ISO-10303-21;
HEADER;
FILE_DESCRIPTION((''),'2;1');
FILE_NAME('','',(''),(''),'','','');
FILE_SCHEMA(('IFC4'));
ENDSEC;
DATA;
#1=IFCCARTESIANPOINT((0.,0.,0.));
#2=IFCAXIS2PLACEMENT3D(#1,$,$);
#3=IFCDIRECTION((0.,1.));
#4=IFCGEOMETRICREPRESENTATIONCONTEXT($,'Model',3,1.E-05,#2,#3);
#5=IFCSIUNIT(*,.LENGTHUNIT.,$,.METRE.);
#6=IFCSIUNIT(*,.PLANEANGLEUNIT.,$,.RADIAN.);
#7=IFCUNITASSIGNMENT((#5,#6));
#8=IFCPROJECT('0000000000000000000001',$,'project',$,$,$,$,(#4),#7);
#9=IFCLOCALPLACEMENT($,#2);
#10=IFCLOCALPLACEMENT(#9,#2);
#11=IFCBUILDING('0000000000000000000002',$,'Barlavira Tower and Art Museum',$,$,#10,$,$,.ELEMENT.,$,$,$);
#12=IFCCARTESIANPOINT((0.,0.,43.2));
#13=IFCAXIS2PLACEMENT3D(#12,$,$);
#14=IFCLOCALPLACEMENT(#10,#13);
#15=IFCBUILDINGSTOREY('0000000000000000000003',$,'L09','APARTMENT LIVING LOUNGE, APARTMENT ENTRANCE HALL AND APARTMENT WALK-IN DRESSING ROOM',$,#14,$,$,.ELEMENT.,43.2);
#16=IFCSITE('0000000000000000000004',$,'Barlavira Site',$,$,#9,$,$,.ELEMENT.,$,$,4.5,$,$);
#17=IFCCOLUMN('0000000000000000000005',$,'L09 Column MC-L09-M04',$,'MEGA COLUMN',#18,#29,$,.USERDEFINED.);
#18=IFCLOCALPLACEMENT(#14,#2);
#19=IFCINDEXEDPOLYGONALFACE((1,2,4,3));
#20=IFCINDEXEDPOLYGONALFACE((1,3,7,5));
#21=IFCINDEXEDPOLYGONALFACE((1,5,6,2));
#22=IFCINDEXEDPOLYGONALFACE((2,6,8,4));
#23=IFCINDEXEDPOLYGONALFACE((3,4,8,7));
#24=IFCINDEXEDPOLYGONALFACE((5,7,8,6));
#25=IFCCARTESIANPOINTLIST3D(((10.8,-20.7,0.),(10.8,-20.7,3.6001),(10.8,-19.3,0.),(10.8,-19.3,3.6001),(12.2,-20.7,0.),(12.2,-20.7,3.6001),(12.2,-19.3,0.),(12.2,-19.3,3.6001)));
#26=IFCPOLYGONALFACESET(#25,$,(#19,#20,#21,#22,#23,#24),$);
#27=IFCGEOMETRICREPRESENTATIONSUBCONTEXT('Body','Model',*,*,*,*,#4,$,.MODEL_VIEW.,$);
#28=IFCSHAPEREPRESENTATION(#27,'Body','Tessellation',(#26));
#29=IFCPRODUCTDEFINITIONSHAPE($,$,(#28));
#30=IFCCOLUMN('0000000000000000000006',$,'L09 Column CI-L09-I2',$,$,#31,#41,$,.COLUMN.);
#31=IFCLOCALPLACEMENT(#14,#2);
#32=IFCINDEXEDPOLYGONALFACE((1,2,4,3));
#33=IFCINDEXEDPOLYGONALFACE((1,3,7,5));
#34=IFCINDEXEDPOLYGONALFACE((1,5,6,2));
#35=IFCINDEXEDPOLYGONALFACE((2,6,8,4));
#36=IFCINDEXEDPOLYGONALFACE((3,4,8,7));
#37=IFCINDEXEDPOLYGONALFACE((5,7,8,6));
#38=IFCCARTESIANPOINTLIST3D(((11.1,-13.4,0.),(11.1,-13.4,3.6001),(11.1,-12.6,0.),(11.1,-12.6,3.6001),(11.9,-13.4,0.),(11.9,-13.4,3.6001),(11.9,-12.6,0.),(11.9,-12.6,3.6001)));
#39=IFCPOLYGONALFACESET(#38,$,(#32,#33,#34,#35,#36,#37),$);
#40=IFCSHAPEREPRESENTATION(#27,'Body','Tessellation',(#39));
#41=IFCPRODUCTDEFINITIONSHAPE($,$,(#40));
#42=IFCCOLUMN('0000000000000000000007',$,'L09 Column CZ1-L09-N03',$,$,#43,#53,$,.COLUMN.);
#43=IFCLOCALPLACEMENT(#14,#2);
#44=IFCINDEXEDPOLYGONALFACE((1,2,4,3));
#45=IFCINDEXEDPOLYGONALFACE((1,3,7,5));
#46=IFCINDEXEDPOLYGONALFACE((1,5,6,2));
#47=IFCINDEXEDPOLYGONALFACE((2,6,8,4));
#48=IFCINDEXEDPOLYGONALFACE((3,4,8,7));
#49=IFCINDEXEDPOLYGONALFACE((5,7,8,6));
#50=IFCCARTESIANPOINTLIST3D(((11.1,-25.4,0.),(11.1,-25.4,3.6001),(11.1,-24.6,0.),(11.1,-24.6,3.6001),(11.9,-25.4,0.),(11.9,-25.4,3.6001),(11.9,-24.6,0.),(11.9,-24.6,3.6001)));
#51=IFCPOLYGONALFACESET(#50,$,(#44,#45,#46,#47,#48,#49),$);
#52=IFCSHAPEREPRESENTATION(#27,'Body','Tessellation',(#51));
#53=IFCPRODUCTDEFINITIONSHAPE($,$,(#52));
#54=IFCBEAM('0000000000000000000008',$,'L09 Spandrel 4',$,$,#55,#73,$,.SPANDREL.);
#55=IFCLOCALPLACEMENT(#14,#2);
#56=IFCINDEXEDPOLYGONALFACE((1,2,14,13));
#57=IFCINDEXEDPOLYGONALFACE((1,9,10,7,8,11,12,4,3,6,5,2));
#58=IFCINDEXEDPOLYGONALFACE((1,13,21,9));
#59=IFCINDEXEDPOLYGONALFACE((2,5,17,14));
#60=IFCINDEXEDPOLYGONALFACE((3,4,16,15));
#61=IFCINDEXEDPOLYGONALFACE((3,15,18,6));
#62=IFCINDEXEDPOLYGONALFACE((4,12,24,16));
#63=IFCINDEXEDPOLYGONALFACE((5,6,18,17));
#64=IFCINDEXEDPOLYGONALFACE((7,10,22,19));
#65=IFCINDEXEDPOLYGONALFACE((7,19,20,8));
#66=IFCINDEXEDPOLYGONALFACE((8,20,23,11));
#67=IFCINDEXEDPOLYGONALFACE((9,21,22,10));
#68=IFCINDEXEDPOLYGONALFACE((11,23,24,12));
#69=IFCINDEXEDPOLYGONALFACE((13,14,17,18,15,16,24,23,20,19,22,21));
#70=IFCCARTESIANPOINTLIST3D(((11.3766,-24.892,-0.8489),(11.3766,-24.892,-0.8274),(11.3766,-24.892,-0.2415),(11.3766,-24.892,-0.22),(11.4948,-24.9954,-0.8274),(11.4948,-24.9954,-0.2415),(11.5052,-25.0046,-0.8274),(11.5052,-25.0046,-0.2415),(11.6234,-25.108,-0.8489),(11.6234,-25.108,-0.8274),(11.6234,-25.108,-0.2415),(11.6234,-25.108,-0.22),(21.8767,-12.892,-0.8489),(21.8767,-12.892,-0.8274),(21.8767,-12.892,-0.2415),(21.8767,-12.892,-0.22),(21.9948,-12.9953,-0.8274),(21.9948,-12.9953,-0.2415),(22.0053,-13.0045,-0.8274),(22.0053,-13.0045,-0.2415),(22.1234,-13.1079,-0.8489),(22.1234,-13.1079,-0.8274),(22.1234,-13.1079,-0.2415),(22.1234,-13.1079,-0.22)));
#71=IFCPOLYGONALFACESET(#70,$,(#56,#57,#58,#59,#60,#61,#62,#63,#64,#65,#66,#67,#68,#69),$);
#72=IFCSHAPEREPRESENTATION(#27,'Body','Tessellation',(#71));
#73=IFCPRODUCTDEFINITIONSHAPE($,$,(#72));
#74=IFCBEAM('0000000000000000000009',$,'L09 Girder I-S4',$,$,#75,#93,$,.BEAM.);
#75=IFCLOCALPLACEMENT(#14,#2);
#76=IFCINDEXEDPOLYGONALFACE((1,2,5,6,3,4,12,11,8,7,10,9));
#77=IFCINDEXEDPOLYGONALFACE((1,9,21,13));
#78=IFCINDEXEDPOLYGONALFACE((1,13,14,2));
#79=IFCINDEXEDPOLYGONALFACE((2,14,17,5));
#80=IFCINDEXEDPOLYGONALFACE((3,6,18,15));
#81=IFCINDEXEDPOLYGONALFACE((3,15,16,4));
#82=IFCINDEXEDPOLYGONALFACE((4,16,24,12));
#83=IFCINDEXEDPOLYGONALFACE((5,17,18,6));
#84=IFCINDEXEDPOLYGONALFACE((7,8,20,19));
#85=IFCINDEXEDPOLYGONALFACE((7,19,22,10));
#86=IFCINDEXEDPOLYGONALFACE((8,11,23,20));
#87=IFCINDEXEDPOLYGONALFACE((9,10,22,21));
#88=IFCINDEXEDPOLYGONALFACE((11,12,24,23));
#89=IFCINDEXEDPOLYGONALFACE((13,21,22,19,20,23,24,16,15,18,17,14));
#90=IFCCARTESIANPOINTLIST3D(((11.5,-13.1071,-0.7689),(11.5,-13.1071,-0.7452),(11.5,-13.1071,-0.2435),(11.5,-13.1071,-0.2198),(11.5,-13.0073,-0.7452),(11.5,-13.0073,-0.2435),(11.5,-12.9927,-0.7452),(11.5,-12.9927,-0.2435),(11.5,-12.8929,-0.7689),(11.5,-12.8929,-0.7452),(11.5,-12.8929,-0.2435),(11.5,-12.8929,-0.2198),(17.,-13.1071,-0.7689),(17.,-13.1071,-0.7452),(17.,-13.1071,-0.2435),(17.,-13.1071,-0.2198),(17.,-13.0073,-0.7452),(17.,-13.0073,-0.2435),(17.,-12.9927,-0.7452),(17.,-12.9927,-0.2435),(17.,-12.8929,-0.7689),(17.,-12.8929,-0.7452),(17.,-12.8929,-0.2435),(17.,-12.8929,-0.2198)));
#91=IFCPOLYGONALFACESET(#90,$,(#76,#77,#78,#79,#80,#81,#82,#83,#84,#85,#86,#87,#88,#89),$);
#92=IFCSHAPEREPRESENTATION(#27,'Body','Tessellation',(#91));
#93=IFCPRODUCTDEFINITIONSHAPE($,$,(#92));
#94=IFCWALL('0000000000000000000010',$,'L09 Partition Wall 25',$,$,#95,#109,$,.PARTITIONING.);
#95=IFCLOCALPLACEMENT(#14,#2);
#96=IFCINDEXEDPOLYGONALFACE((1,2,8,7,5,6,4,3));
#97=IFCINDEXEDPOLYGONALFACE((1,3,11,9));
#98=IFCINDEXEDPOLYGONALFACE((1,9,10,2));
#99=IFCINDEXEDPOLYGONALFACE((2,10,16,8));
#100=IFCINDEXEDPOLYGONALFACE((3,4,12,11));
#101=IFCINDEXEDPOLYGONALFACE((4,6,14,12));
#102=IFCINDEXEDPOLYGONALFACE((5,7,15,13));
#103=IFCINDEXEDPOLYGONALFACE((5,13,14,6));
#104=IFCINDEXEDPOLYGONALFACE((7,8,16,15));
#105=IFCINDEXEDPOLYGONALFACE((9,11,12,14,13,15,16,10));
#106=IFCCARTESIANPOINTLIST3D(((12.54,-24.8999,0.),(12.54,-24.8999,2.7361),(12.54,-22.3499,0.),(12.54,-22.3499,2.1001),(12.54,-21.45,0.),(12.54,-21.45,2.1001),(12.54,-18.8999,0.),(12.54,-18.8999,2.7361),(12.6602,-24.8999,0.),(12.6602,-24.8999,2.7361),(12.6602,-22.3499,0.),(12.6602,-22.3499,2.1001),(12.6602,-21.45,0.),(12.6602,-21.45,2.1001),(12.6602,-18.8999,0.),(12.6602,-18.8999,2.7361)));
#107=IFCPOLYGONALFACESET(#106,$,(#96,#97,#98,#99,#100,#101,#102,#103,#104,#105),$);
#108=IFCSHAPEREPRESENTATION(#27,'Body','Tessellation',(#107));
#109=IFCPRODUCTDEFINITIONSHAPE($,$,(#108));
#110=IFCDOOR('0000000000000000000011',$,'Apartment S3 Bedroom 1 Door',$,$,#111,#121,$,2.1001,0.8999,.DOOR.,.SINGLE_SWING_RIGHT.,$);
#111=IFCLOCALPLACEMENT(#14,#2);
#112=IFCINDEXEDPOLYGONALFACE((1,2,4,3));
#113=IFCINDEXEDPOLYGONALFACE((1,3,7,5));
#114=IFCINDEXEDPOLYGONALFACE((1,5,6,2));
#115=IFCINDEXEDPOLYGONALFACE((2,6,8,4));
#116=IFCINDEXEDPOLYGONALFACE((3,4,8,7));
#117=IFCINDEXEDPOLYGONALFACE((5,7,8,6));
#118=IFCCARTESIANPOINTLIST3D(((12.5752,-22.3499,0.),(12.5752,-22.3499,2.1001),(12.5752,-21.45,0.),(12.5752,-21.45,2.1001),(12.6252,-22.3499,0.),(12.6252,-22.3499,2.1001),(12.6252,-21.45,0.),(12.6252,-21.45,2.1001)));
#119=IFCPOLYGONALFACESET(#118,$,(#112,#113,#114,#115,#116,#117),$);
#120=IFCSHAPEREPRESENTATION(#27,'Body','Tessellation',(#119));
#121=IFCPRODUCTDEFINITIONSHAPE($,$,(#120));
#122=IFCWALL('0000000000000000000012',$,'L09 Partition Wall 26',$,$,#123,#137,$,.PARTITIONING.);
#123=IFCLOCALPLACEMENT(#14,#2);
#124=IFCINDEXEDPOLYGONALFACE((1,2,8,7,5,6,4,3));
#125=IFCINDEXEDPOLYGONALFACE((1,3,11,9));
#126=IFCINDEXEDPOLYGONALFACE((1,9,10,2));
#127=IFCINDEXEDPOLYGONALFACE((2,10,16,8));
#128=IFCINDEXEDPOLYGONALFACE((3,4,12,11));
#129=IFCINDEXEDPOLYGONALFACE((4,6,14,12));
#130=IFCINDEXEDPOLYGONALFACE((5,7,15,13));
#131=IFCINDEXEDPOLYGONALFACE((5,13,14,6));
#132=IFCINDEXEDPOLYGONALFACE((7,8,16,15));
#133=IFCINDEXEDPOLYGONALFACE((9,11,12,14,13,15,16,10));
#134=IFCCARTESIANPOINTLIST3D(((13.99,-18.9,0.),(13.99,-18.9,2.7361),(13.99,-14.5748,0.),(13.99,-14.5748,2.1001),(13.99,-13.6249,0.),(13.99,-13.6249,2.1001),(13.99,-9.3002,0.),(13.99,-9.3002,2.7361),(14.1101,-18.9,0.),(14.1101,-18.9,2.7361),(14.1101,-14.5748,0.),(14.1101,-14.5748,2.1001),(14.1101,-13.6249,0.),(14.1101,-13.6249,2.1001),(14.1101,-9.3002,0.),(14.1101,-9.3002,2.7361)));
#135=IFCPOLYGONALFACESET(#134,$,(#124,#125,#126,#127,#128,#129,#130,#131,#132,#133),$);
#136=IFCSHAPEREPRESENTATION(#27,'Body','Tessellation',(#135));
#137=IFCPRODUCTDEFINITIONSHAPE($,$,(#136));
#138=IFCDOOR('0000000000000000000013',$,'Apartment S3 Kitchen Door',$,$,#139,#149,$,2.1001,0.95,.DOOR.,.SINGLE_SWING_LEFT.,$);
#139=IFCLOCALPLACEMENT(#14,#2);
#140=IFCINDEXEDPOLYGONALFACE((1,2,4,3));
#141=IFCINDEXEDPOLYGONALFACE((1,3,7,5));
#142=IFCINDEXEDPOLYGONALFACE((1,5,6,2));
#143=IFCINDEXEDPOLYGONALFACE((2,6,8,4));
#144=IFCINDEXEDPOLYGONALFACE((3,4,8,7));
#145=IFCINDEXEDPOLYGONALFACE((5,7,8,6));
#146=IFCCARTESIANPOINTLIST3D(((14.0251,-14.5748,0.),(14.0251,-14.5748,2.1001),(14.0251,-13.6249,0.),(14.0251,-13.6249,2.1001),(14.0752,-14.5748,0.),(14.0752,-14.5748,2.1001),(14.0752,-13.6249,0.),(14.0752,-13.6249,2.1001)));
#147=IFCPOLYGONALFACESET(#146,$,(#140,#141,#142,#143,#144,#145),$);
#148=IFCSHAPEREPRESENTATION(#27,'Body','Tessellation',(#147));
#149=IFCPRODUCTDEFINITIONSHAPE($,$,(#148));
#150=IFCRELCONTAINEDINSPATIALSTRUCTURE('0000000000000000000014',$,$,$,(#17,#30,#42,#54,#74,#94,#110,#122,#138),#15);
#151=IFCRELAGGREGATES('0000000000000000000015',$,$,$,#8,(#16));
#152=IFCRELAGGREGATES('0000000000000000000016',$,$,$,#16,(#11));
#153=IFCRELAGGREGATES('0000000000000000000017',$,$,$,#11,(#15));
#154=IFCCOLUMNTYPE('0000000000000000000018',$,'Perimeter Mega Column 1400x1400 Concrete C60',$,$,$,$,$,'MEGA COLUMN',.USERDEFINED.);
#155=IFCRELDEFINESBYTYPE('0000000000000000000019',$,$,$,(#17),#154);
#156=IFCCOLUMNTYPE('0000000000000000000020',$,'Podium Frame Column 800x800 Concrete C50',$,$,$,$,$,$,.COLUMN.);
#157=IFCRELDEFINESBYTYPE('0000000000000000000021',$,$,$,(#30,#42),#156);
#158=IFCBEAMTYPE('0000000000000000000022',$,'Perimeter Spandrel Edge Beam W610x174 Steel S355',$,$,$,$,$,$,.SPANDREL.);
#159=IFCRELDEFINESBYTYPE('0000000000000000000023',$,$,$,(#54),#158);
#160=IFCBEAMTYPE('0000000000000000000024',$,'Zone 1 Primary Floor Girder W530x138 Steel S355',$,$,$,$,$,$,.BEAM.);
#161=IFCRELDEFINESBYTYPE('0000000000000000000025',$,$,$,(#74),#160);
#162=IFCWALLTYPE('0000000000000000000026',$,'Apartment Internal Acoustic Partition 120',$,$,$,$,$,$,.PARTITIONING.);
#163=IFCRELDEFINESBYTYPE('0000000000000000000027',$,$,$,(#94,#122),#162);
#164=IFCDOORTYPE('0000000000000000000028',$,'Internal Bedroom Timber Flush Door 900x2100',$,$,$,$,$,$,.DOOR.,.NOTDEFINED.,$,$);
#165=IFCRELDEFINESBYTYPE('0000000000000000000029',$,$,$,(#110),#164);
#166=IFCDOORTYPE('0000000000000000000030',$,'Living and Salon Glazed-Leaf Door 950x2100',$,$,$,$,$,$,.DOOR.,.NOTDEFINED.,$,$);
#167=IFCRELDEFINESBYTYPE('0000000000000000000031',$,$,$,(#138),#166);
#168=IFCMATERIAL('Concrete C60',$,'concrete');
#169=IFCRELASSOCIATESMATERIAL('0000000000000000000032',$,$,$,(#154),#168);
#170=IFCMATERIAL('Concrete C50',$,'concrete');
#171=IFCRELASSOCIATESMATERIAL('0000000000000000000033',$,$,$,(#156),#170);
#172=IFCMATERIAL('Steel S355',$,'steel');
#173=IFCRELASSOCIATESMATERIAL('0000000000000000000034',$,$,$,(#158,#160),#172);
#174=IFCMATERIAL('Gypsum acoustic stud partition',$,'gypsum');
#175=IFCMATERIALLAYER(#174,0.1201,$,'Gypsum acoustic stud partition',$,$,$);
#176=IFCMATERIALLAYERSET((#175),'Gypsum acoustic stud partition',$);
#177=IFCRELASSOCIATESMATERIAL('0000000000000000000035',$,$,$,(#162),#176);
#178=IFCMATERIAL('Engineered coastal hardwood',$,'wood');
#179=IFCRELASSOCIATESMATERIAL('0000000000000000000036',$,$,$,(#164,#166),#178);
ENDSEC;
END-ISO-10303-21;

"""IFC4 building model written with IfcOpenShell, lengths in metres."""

from ifc_helpers import new_model, si_unit, direction, frame, frame_2d, origin, origin_2d, place, context, subcontext, project, spatial, rectangle, i_section, extrude, material, layer, layer_set, material_profile, profile_set, type_object, element, fill, save


model = new_model("IFC4")

# Units and contexts
model_context = context("Model", 3, precision=1e-05, world=origin(), true_north=direction((0.0, 1.0)))
body_context = subcontext(model_context, "Body", "Model", "MODEL_VIEW")
ifc_project = project(units=[si_unit("LENGTHUNIT", "METRE"), si_unit("PLANEANGLEUNIT", "RADIAN")], contexts=[model_context])

# Site, building, storey
site_placement = place(None, origin())
site = spatial("IfcSite", under=ifc_project, at=site_placement, Name="Barlavira Site", CompositionType="ELEMENT", RefElevation=4.5)
building_placement = place(site_placement, origin())
building = spatial("IfcBuilding", under=site, at=building_placement, Name="Barlavira Tower and Art Museum", CompositionType="ELEMENT")
storey_placement = place(building_placement, frame((0.0, 0.0, 43.2)))
storey = spatial("IfcBuildingStorey", under=building, at=storey_placement, Name="L09", Description="APARTMENT LIVING LOUNGE, APARTMENT ENTRANCE HALL AND APARTMENT WALK-IN DRESSING ROOM", CompositionType="ELEMENT", Elevation=43.2)

# Columns
ifc_material_1 = material(Name="Concrete C60", Category="concrete")
ifc_material_profile_1 = material_profile(ifc_material_1, rectangle(XDim=1.3999, YDim=1.3999, at=origin_2d()), Name="RC-MCOL 1400x1400")
ifc_profile_set_1 = profile_set([ifc_material_profile_1], Name="Concrete C60")
column_type_1 = type_object("IfcColumnType", Name="Perimeter Mega Column 1400x1400 Concrete C60", ElementType="MEGA COLUMN", PredefinedType="USERDEFINED", material=ifc_profile_set_1)
column_placement = place(storey_placement, frame((11.5, -20.0, 0.0), z_axis=(0.0, 0.0, 1.0), x_axis=(1.0, 0.0, 0.0)))
element("IfcColumn", 1, at=column_placement, inside=storey, type_object=column_type_1, Name="L09 Column MC-L09-M04", ObjectType="MEGA COLUMN", PredefinedType="USERDEFINED", context=body_context, shape_type="SweptSolid", body=[
    extrude(rectangle(XDim=1.3999, YDim=1.3999, at=origin_2d()), origin(), (0.0, 0.0, 1.0), 3.6001),
])
ifc_material_2 = material(Name="Concrete C50", Category="concrete")
ifc_material_profile_2 = material_profile(ifc_material_2, rectangle(XDim=0.8, YDim=0.8, at=origin_2d()), Name="RC-COL 800x800")
ifc_profile_set_2 = profile_set([ifc_material_profile_2], Name="Concrete C50")
column_type_2 = type_object("IfcColumnType", Name="Podium Frame Column 800x800 Concrete C50", PredefinedType="COLUMN", material=ifc_profile_set_2)
for number, where, z_axis, x_axis, name in (
    (2, (11.5, -13.0, 0.0), (0.0, 0.0, 1.0), (1.0, 0.0, 0.0), "L09 Column CI-L09-I2"),
    (3, (11.5, -25.0, 0.0), (0.0, 0.0, 1.0), (1.0, 0.0, 0.0), "L09 Column CZ1-L09-N03"),
):
    element("IfcColumn", number, at=place(storey_placement, frame(where, z_axis=z_axis, x_axis=x_axis)), inside=storey, type_object=column_type_2, Name=name, PredefinedType="COLUMN", context=body_context, shape_type="SweptSolid", body=[
        extrude(rectangle(XDim=0.8, YDim=0.8, at=origin_2d()), origin(), (0.0, 0.0, 1.0), 3.6001),
    ])

# Beams
ifc_material_3 = material(Name="Steel S355", Category="steel")
ifc_material_profile_3 = material_profile(ifc_material_3, i_section(OverallWidth=0.3279, OverallDepth=0.6289, WebThickness=0.0139, FlangeThickness=0.0215, at=origin_2d()), Name="W610x174.0")
ifc_profile_set_3 = profile_set([ifc_material_profile_3], Name="Steel S355")
beam_type_1 = type_object("IfcBeamType", Name="Perimeter Spandrel Edge Beam W610x174 Steel S355", PredefinedType="SPANDREL", material=ifc_profile_set_3)
beam_1_placement = place(storey_placement, frame((11.5, -25.0, -0.5344), z_axis=(0.658505, 0.752577, 0.0), x_axis=(-0.752577, 0.658505, 0.0)))
element("IfcBeam", 4, at=beam_1_placement, inside=storey, type_object=beam_type_1, Name="L09 Spandrel 4", PredefinedType="SPANDREL", context=body_context, shape_type="SweptSolid", body=[
    extrude(i_section(OverallWidth=0.3279, OverallDepth=0.6289, WebThickness=0.0139, FlangeThickness=0.0215, at=origin_2d()), origin(), (0.0, 0.0, 1.0), 15.9453),
])
ifc_material_profile_4 = material_profile(ifc_material_3, i_section(OverallWidth=0.2141, OverallDepth=0.5491, WebThickness=0.0146, FlangeThickness=0.0237, at=origin_2d()), Name="W530x138.0")
ifc_profile_set_4 = profile_set([ifc_material_profile_4], Name="Steel S355")
beam_type_2 = type_object("IfcBeamType", Name="Zone 1 Primary Floor Girder W530x138 Steel S355", PredefinedType="BEAM", material=ifc_profile_set_4)
beam_2_placement = place(storey_placement, frame((11.5, -13.0, -0.4944), z_axis=(1.0, 0.0, 0.0), x_axis=(0.0, 1.0, 0.0)))
element("IfcBeam", 5, at=beam_2_placement, inside=storey, type_object=beam_type_2, Name="L09 Girder I-S4", PredefinedType="BEAM", context=body_context, shape_type="SweptSolid", body=[
    extrude(i_section(OverallWidth=0.2141, OverallDepth=0.5491, WebThickness=0.0146, FlangeThickness=0.0237, at=origin_2d()), origin(), (0.0, 0.0, 1.0), 5.5),
])

# Walls, openings, doors
ifc_material_4 = material(Name="Gypsum acoustic stud partition", Category="gypsum")
ifc_layer_1 = layer(ifc_material_4, 0.1201, Name="Gypsum acoustic stud partition")
ifc_layer_set_1 = layer_set([ifc_layer_1], Name="Gypsum acoustic stud partition")
wall_type_1 = type_object("IfcWallType", Name="Apartment Internal Acoustic Partition 120", PredefinedType="PARTITIONING", material=ifc_layer_set_1)
wall_1_placement = place(storey_placement, frame((12.6001, -24.8999, 0.0), z_axis=(0.0, 0.0, 1.0), x_axis=(0.0, 1.0, 0.0)))
wall_1 = element("IfcWall", 6, at=wall_1_placement, inside=storey, type_object=wall_type_1, Name="L09 Partition Wall 25", PredefinedType="PARTITIONING", context=body_context, shape_type="SweptSolid", body=[
    extrude(rectangle(XDim=6.0, YDim=0.1201, at=frame_2d((3.0, 0.0))), origin(), (0.0, 0.0, 1.0), 2.7361),
])
opening_1_placement = place(wall_1_placement, frame((2.55, 0.0, 0.0)))
opening_1 = element("IfcOpeningElement", 7, at=opening_1_placement, cuts=wall_1, PredefinedType="OPENING", context=body_context, shape_type="SweptSolid", body=[
    extrude(rectangle(XDim=0.8999, YDim=2.1001, at=frame_2d((0.45, 1.05))), frame((0.0, 0.0701, 0.0), z_axis=(0.0, -1.0, 0.0), x_axis=(1.0, 0.0, 0.0)), (0.0, 0.0, 1.0), 0.1401),
])
ifc_material_5 = material(Name="Engineered coastal hardwood", Category="wood")
door_type_1 = type_object("IfcDoorType", Name="Internal Bedroom Timber Flush Door 900x2100", OperationType="NOTDEFINED", PredefinedType="DOOR", material=ifc_material_5)
door_1_placement = place(opening_1_placement, origin())
door_1 = element("IfcDoor", 8, at=door_1_placement, inside=storey, type_object=door_type_1, Name="Apartment S3 Bedroom 1 Door", OperationType="SINGLE_SWING_RIGHT", OverallHeight=2.1001, OverallWidth=0.8999, PredefinedType="DOOR", context=body_context, shape_type="SweptSolid", body=[
    extrude(rectangle(XDim=0.8999, YDim=2.1001, at=frame_2d((0.45, 1.05))), frame((0.0, 0.0249, 0.0), z_axis=(0.0, -1.0, 0.0), x_axis=(1.0, 0.0, 0.0)), (0.0, 0.0, 1.0), 0.05),
])
fill(opening_1, door_1)
wall_2_placement = place(storey_placement, frame((14.05, -18.8999, 0.0), z_axis=(0.0, 0.0, 1.0), x_axis=(0.0, 1.0, 0.0)))
wall_2 = element("IfcWall", 9, at=wall_2_placement, inside=storey, type_object=wall_type_1, Name="L09 Partition Wall 26", PredefinedType="PARTITIONING", context=body_context, shape_type="SweptSolid", body=[
    extrude(rectangle(XDim=9.5999, YDim=0.1201, at=frame_2d((4.7998, 0.0))), origin(), (0.0, 0.0, 1.0), 2.7361),
])
opening_2_placement = place(wall_2_placement, frame((4.325, 0.0, 0.0)))
opening_2 = element("IfcOpeningElement", 10, at=opening_2_placement, cuts=wall_2, PredefinedType="OPENING", context=body_context, shape_type="SweptSolid", body=[
    extrude(rectangle(XDim=0.95, YDim=2.1001, at=frame_2d((0.4751, 1.05))), frame((0.0, 0.0701, 0.0), z_axis=(0.0, -1.0, 0.0), x_axis=(1.0, 0.0, 0.0)), (0.0, 0.0, 1.0), 0.1401),
])
door_type_2 = type_object("IfcDoorType", Name="Living and Salon Glazed-Leaf Door 950x2100", OperationType="NOTDEFINED", PredefinedType="DOOR", material=ifc_material_5)
door_2_placement = place(opening_2_placement, origin())
door_2 = element("IfcDoor", 11, at=door_2_placement, inside=storey, type_object=door_type_2, Name="Apartment S3 Kitchen Door", OperationType="SINGLE_SWING_LEFT", OverallHeight=2.1001, OverallWidth=0.95, PredefinedType="DOOR", context=body_context, shape_type="SweptSolid", body=[
    extrude(rectangle(XDim=0.95, YDim=2.1001, at=frame_2d((0.4751, 1.05))), frame((0.0, 0.0249, 0.0), z_axis=(0.0, -1.0, 0.0), x_axis=(1.0, 0.0, 0.0)), (0.0, 0.0, 1.0), 0.05),
])
fill(opening_2, door_2)

save(model, "model.ifc")
